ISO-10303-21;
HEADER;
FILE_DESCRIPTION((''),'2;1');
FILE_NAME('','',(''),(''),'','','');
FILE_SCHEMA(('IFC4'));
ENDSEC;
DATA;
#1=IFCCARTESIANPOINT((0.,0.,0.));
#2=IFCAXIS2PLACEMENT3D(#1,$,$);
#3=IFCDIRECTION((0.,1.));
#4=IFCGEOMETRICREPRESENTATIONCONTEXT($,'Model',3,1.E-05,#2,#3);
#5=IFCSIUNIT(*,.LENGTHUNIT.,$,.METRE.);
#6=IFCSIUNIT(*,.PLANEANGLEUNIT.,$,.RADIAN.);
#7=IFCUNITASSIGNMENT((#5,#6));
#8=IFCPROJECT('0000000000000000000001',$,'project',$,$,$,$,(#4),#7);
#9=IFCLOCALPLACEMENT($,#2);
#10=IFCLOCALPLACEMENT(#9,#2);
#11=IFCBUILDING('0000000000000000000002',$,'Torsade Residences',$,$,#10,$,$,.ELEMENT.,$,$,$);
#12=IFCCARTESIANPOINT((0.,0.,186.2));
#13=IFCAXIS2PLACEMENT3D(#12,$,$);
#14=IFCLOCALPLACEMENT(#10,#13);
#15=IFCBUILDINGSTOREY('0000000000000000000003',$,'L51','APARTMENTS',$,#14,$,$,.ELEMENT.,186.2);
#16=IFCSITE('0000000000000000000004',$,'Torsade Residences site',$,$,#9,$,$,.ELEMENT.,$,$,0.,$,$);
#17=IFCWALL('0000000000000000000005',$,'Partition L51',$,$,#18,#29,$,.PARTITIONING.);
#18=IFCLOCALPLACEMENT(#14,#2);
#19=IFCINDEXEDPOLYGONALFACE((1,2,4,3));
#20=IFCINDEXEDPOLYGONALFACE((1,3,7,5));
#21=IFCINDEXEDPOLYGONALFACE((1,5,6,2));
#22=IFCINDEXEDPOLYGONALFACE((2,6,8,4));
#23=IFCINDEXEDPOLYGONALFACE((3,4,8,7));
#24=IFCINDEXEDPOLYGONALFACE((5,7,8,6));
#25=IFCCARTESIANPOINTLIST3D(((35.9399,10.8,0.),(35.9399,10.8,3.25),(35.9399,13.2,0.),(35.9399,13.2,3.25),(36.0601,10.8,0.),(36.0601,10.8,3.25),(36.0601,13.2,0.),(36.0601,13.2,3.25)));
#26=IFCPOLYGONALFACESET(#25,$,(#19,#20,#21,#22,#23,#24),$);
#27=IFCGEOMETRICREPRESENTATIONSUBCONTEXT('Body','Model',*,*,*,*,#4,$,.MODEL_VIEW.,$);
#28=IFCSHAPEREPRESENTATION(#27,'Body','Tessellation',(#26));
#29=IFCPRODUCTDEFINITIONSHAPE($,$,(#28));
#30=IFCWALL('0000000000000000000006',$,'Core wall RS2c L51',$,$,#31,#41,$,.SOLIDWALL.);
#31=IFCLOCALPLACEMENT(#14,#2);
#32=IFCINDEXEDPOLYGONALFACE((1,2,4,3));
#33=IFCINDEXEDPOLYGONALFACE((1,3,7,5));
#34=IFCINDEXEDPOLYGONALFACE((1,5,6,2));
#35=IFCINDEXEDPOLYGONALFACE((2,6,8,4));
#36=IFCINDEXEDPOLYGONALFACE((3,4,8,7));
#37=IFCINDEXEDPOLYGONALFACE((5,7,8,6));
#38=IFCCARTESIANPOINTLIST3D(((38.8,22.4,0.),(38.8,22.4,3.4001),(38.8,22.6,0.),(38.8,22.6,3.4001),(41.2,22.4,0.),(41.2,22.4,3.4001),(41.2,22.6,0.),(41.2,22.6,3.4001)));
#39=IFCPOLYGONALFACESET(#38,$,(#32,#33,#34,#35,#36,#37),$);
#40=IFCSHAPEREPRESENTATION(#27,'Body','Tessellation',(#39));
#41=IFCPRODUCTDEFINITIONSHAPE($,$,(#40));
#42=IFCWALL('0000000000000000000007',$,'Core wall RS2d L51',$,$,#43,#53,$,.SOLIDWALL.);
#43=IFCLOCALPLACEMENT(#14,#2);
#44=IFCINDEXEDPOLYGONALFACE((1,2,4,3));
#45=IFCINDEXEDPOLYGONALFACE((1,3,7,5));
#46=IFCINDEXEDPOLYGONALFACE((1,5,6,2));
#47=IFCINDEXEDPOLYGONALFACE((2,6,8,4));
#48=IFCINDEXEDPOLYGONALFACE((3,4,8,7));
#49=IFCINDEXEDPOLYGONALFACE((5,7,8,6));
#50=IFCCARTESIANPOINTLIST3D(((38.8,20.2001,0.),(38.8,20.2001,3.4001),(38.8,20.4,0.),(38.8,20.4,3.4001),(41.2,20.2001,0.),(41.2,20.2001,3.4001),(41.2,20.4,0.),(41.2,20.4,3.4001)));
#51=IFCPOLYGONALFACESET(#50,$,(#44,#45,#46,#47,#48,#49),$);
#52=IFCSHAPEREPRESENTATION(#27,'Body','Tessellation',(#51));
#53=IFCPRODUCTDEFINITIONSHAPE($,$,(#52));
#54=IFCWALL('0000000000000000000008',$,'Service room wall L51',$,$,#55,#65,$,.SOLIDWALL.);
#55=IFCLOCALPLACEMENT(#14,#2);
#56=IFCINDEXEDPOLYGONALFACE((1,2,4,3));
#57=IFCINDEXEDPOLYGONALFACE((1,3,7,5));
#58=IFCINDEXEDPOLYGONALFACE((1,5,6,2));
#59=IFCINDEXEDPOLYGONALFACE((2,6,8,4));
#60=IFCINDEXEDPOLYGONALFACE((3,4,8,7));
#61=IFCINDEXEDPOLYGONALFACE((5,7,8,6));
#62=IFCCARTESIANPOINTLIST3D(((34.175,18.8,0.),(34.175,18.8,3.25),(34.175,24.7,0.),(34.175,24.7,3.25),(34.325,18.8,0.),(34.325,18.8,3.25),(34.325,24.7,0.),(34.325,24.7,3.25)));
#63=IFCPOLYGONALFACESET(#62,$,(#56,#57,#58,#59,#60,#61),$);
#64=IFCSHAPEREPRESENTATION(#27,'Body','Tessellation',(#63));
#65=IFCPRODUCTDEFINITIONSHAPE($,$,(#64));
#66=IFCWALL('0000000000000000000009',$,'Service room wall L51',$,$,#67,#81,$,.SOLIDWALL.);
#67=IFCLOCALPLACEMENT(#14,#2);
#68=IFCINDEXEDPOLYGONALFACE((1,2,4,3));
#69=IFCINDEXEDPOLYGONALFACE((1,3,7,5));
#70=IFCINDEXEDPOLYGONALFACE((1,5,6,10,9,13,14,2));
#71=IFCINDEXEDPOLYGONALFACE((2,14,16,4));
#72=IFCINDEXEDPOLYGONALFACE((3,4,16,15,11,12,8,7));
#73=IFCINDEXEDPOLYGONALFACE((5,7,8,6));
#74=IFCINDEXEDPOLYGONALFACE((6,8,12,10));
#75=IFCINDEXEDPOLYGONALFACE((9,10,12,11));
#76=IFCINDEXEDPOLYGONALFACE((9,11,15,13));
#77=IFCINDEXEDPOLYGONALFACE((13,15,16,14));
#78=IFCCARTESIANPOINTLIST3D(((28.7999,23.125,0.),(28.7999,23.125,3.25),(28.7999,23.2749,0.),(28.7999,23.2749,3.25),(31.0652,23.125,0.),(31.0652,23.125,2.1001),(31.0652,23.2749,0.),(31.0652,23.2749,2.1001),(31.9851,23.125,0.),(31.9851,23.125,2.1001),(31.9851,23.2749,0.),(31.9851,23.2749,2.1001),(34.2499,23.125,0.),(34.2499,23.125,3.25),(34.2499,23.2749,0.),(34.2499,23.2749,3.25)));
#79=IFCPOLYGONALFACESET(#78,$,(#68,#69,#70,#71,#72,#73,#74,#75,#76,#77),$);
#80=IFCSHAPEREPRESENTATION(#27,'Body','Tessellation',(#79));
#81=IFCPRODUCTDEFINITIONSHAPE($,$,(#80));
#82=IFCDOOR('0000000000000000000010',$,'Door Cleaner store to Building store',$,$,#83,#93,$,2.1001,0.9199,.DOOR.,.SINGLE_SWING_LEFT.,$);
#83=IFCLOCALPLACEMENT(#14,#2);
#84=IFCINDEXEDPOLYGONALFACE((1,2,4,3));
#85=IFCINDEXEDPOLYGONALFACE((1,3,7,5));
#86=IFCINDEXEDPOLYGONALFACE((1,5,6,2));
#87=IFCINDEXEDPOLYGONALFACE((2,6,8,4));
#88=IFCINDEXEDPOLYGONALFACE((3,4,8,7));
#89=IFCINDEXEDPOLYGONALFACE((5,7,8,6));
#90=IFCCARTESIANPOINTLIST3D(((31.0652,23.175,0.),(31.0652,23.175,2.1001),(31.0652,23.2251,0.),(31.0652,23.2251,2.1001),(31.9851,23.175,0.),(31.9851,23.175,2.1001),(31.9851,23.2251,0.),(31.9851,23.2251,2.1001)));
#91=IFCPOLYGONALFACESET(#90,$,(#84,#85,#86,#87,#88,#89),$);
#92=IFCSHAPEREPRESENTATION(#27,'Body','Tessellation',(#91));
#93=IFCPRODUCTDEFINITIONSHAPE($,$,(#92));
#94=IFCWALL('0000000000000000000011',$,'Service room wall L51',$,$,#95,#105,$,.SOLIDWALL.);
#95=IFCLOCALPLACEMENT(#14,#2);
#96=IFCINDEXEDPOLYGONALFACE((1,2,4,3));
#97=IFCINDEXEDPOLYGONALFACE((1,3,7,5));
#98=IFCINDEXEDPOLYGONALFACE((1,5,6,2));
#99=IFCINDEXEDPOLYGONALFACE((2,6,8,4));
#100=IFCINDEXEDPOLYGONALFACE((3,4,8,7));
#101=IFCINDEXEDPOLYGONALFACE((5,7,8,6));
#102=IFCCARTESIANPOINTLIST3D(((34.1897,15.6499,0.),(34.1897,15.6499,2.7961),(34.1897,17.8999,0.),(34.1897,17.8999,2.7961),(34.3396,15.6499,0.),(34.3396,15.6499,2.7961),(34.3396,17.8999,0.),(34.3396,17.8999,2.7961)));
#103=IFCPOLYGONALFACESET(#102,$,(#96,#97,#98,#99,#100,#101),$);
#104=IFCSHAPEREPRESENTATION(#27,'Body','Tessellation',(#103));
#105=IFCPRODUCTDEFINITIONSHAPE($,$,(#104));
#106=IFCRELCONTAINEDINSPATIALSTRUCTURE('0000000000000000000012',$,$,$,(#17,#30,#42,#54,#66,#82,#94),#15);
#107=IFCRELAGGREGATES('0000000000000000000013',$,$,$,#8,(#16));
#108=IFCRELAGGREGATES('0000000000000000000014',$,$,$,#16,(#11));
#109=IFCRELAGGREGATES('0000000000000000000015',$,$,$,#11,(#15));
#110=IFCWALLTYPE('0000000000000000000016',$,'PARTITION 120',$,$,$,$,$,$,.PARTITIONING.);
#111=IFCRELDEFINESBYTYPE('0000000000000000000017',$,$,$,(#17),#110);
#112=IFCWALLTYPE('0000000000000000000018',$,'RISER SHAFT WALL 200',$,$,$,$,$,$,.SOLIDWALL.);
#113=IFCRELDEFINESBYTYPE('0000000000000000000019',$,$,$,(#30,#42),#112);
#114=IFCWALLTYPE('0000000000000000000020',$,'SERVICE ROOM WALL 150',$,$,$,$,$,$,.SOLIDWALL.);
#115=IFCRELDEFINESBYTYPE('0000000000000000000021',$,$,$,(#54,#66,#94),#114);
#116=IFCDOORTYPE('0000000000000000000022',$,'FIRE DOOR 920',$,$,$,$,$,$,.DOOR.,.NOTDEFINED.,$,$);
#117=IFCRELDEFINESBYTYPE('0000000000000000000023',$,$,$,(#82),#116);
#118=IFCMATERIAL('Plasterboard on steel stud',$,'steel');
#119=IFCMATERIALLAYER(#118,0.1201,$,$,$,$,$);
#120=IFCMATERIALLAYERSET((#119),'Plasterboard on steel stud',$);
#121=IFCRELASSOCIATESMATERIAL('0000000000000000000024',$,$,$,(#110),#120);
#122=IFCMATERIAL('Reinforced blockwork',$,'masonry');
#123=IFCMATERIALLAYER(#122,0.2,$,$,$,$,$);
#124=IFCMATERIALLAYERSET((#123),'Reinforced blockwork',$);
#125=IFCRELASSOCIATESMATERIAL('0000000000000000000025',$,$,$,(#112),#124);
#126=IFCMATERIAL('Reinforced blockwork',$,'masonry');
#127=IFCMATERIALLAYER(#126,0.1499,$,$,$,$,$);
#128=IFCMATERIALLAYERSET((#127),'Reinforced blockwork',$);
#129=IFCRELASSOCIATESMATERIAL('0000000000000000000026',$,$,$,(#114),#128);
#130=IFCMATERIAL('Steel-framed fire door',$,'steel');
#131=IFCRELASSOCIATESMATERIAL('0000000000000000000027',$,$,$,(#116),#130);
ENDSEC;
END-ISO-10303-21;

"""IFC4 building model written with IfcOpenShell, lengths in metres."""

from ifc_helpers import new_model, si_unit, direction, frame, frame_2d, origin, place, context, subcontext, project, spatial, rectangle, extrude, material, layer, layer_set, type_object, element, fill, save


model = new_model("IFC4")

# Units and contexts
model_context = context("Model", 3, precision=1e-05, world=origin(), true_north=direction((0.0, 1.0)))
body_context = subcontext(model_context, "Body", "Model", "MODEL_VIEW")
ifc_project = project(units=[si_unit("LENGTHUNIT", "METRE"), si_unit("PLANEANGLEUNIT", "RADIAN")], contexts=[model_context])

# Site, building, storey
site_placement = place(None, origin())
site = spatial("IfcSite", under=ifc_project, at=site_placement, Name="Torsade Residences site", CompositionType="ELEMENT", RefElevation=0.0)
building_placement = place(site_placement, origin())
building = spatial("IfcBuilding", under=site, at=building_placement, Name="Torsade Residences", CompositionType="ELEMENT")
storey_placement = place(building_placement, frame((0.0, 0.0, 186.2)))
storey = spatial("IfcBuildingStorey", under=building, at=storey_placement, Name="L51", Description="APARTMENTS", CompositionType="ELEMENT", Elevation=186.2)

# Shared definitions
ifc_material_1 = material(Name="Plasterboard on steel stud", Category="steel")
ifc_layer_1 = layer(ifc_material_1, 0.1201)
ifc_layer_set_1 = layer_set([ifc_layer_1], Name="Plasterboard on steel stud")
wall_type_1 = type_object("IfcWallType", Name="PARTITION 120", PredefinedType="PARTITIONING", material=ifc_layer_set_1)

# Walls
wall_1_placement = place(storey_placement, frame((36.0, 13.2, 0.0), z_axis=(0.0, 0.0, 1.0), x_axis=(0.0, -1.0, 0.0)))
element("IfcWall", 1, at=wall_1_placement, inside=storey, type_object=wall_type_1, Name="Partition L51", PredefinedType="PARTITIONING", context=body_context, shape_type="SweptSolid", body=[
    extrude(rectangle(XDim=2.3999, YDim=0.1201, at=frame_2d((1.2, 0.0))), origin(), (0.0, 0.0, 1.0), 3.25),
])
ifc_material_2 = material(Name="Reinforced blockwork", Category="masonry")
ifc_layer_2 = layer(ifc_material_2, 0.2)
ifc_layer_set_2 = layer_set([ifc_layer_2], Name="Reinforced blockwork")
wall_type_2 = type_object("IfcWallType", Name="RISER SHAFT WALL 200", PredefinedType="SOLIDWALL", material=ifc_layer_set_2)
for number, where, z_axis, x_axis, name in (
    (2, (38.8, 22.5, 0.0), (0.0, 0.0, 1.0), (1.0, 0.0, 0.0), "Core wall RS2c L51"),
    (3, (38.8, 20.3, 0.0), (0.0, 0.0, 1.0), (1.0, 0.0, 0.0), "Core wall RS2d L51"),
):
    element("IfcWall", number, at=place(storey_placement, frame(where, z_axis=z_axis, x_axis=x_axis)), inside=storey, type_object=wall_type_2, Name=name, PredefinedType="SOLIDWALL", context=body_context, shape_type="SweptSolid", body=[
        extrude(rectangle(XDim=2.3999, YDim=0.2, at=frame_2d((1.2, 0.0))), origin(), (0.0, 0.0, 1.0), 3.4001),
    ])
ifc_material_3 = material(Name="Reinforced blockwork", Category="masonry")
ifc_layer_3 = layer(ifc_material_3, 0.1499)
ifc_layer_set_3 = layer_set([ifc_layer_3], Name="Reinforced blockwork")
wall_type_3 = type_object("IfcWallType", Name="SERVICE ROOM WALL 150", PredefinedType="SOLIDWALL", material=ifc_layer_set_3)
wall_2_placement = place(storey_placement, frame((34.25, 18.8, 0.0), z_axis=(0.0, 0.0, 1.0), x_axis=(0.0, 1.0, 0.0)))
element("IfcWall", 4, at=wall_2_placement, inside=storey, type_object=wall_type_3, Name="Service room wall L51", PredefinedType="SOLIDWALL", context=body_context, shape_type="SweptSolid", body=[
    extrude(rectangle(XDim=5.8999, YDim=0.1499, at=frame_2d((2.95, 0.0))), origin(), (0.0, 0.0, 1.0), 3.25),
])

# Wall, opening, door
wall_3_placement = place(storey_placement, frame((34.25, 23.2, 0.0), z_axis=(0.0, 0.0, 1.0), x_axis=(-1.0, 0.0, 0.0)))
wall_3 = element("IfcWall", 5, at=wall_3_placement, inside=storey, type_object=wall_type_3, Name="Service room wall L51", PredefinedType="SOLIDWALL", context=body_context, shape_type="SweptSolid", body=[
    extrude(rectangle(XDim=5.45, YDim=0.1499, at=frame_2d((2.7251, 0.0))), origin(), (0.0, 0.0, 1.0), 3.25),
])
opening_1_placement = place(wall_3_placement, frame((2.2649, 0.0, 0.0)))
opening_1 = element("IfcOpeningElement", 6, at=opening_1_placement, cuts=wall_3, PredefinedType="OPENING", context=body_context, shape_type="SweptSolid", body=[
    extrude(rectangle(XDim=0.9199, YDim=2.1001, at=frame_2d((0.46, 1.05))), frame((0.0, 0.085, 0.0), z_axis=(0.0, -1.0, 0.0), x_axis=(1.0, 0.0, 0.0)), (0.0, 0.0, 1.0), 0.1699),
])
ifc_material_4 = material(Name="Steel-framed fire door", Category="steel")
door_type_1 = type_object("IfcDoorType", Name="FIRE DOOR 920", OperationType="NOTDEFINED", PredefinedType="DOOR", material=ifc_material_4)
door_1_placement = place(opening_1_placement, origin())
door_1 = element("IfcDoor", 7, at=door_1_placement, inside=storey, type_object=door_type_1, Name="Door Cleaner store to Building store", OperationType="SINGLE_SWING_LEFT", OverallHeight=2.1001, OverallWidth=0.9199, PredefinedType="DOOR", context=body_context, shape_type="SweptSolid", body=[
    extrude(rectangle(XDim=0.9199, YDim=2.1001, at=frame_2d((0.46, 1.05))), frame((0.0, 0.0249, 0.0), z_axis=(0.0, -1.0, 0.0), x_axis=(1.0, 0.0, 0.0)), (0.0, 0.0, 1.0), 0.05),
])
fill(opening_1, door_1)

# Wall
wall_4_placement = place(storey_placement, frame((34.2646, 15.6499, 0.0), z_axis=(0.0, 0.0, 1.0), x_axis=(0.0, 1.0, 0.0)))
element("IfcWall", 8, at=wall_4_placement, inside=storey, type_object=wall_type_3, Name="Service room wall L51", PredefinedType="SOLIDWALL", context=body_context, shape_type="SweptSolid", body=[
    extrude(rectangle(XDim=2.25, YDim=0.1499, at=frame_2d((1.125, 0.0))), origin(), (0.0, 0.0, 1.0), 2.7961),
])

save(model, "model.ifc")
